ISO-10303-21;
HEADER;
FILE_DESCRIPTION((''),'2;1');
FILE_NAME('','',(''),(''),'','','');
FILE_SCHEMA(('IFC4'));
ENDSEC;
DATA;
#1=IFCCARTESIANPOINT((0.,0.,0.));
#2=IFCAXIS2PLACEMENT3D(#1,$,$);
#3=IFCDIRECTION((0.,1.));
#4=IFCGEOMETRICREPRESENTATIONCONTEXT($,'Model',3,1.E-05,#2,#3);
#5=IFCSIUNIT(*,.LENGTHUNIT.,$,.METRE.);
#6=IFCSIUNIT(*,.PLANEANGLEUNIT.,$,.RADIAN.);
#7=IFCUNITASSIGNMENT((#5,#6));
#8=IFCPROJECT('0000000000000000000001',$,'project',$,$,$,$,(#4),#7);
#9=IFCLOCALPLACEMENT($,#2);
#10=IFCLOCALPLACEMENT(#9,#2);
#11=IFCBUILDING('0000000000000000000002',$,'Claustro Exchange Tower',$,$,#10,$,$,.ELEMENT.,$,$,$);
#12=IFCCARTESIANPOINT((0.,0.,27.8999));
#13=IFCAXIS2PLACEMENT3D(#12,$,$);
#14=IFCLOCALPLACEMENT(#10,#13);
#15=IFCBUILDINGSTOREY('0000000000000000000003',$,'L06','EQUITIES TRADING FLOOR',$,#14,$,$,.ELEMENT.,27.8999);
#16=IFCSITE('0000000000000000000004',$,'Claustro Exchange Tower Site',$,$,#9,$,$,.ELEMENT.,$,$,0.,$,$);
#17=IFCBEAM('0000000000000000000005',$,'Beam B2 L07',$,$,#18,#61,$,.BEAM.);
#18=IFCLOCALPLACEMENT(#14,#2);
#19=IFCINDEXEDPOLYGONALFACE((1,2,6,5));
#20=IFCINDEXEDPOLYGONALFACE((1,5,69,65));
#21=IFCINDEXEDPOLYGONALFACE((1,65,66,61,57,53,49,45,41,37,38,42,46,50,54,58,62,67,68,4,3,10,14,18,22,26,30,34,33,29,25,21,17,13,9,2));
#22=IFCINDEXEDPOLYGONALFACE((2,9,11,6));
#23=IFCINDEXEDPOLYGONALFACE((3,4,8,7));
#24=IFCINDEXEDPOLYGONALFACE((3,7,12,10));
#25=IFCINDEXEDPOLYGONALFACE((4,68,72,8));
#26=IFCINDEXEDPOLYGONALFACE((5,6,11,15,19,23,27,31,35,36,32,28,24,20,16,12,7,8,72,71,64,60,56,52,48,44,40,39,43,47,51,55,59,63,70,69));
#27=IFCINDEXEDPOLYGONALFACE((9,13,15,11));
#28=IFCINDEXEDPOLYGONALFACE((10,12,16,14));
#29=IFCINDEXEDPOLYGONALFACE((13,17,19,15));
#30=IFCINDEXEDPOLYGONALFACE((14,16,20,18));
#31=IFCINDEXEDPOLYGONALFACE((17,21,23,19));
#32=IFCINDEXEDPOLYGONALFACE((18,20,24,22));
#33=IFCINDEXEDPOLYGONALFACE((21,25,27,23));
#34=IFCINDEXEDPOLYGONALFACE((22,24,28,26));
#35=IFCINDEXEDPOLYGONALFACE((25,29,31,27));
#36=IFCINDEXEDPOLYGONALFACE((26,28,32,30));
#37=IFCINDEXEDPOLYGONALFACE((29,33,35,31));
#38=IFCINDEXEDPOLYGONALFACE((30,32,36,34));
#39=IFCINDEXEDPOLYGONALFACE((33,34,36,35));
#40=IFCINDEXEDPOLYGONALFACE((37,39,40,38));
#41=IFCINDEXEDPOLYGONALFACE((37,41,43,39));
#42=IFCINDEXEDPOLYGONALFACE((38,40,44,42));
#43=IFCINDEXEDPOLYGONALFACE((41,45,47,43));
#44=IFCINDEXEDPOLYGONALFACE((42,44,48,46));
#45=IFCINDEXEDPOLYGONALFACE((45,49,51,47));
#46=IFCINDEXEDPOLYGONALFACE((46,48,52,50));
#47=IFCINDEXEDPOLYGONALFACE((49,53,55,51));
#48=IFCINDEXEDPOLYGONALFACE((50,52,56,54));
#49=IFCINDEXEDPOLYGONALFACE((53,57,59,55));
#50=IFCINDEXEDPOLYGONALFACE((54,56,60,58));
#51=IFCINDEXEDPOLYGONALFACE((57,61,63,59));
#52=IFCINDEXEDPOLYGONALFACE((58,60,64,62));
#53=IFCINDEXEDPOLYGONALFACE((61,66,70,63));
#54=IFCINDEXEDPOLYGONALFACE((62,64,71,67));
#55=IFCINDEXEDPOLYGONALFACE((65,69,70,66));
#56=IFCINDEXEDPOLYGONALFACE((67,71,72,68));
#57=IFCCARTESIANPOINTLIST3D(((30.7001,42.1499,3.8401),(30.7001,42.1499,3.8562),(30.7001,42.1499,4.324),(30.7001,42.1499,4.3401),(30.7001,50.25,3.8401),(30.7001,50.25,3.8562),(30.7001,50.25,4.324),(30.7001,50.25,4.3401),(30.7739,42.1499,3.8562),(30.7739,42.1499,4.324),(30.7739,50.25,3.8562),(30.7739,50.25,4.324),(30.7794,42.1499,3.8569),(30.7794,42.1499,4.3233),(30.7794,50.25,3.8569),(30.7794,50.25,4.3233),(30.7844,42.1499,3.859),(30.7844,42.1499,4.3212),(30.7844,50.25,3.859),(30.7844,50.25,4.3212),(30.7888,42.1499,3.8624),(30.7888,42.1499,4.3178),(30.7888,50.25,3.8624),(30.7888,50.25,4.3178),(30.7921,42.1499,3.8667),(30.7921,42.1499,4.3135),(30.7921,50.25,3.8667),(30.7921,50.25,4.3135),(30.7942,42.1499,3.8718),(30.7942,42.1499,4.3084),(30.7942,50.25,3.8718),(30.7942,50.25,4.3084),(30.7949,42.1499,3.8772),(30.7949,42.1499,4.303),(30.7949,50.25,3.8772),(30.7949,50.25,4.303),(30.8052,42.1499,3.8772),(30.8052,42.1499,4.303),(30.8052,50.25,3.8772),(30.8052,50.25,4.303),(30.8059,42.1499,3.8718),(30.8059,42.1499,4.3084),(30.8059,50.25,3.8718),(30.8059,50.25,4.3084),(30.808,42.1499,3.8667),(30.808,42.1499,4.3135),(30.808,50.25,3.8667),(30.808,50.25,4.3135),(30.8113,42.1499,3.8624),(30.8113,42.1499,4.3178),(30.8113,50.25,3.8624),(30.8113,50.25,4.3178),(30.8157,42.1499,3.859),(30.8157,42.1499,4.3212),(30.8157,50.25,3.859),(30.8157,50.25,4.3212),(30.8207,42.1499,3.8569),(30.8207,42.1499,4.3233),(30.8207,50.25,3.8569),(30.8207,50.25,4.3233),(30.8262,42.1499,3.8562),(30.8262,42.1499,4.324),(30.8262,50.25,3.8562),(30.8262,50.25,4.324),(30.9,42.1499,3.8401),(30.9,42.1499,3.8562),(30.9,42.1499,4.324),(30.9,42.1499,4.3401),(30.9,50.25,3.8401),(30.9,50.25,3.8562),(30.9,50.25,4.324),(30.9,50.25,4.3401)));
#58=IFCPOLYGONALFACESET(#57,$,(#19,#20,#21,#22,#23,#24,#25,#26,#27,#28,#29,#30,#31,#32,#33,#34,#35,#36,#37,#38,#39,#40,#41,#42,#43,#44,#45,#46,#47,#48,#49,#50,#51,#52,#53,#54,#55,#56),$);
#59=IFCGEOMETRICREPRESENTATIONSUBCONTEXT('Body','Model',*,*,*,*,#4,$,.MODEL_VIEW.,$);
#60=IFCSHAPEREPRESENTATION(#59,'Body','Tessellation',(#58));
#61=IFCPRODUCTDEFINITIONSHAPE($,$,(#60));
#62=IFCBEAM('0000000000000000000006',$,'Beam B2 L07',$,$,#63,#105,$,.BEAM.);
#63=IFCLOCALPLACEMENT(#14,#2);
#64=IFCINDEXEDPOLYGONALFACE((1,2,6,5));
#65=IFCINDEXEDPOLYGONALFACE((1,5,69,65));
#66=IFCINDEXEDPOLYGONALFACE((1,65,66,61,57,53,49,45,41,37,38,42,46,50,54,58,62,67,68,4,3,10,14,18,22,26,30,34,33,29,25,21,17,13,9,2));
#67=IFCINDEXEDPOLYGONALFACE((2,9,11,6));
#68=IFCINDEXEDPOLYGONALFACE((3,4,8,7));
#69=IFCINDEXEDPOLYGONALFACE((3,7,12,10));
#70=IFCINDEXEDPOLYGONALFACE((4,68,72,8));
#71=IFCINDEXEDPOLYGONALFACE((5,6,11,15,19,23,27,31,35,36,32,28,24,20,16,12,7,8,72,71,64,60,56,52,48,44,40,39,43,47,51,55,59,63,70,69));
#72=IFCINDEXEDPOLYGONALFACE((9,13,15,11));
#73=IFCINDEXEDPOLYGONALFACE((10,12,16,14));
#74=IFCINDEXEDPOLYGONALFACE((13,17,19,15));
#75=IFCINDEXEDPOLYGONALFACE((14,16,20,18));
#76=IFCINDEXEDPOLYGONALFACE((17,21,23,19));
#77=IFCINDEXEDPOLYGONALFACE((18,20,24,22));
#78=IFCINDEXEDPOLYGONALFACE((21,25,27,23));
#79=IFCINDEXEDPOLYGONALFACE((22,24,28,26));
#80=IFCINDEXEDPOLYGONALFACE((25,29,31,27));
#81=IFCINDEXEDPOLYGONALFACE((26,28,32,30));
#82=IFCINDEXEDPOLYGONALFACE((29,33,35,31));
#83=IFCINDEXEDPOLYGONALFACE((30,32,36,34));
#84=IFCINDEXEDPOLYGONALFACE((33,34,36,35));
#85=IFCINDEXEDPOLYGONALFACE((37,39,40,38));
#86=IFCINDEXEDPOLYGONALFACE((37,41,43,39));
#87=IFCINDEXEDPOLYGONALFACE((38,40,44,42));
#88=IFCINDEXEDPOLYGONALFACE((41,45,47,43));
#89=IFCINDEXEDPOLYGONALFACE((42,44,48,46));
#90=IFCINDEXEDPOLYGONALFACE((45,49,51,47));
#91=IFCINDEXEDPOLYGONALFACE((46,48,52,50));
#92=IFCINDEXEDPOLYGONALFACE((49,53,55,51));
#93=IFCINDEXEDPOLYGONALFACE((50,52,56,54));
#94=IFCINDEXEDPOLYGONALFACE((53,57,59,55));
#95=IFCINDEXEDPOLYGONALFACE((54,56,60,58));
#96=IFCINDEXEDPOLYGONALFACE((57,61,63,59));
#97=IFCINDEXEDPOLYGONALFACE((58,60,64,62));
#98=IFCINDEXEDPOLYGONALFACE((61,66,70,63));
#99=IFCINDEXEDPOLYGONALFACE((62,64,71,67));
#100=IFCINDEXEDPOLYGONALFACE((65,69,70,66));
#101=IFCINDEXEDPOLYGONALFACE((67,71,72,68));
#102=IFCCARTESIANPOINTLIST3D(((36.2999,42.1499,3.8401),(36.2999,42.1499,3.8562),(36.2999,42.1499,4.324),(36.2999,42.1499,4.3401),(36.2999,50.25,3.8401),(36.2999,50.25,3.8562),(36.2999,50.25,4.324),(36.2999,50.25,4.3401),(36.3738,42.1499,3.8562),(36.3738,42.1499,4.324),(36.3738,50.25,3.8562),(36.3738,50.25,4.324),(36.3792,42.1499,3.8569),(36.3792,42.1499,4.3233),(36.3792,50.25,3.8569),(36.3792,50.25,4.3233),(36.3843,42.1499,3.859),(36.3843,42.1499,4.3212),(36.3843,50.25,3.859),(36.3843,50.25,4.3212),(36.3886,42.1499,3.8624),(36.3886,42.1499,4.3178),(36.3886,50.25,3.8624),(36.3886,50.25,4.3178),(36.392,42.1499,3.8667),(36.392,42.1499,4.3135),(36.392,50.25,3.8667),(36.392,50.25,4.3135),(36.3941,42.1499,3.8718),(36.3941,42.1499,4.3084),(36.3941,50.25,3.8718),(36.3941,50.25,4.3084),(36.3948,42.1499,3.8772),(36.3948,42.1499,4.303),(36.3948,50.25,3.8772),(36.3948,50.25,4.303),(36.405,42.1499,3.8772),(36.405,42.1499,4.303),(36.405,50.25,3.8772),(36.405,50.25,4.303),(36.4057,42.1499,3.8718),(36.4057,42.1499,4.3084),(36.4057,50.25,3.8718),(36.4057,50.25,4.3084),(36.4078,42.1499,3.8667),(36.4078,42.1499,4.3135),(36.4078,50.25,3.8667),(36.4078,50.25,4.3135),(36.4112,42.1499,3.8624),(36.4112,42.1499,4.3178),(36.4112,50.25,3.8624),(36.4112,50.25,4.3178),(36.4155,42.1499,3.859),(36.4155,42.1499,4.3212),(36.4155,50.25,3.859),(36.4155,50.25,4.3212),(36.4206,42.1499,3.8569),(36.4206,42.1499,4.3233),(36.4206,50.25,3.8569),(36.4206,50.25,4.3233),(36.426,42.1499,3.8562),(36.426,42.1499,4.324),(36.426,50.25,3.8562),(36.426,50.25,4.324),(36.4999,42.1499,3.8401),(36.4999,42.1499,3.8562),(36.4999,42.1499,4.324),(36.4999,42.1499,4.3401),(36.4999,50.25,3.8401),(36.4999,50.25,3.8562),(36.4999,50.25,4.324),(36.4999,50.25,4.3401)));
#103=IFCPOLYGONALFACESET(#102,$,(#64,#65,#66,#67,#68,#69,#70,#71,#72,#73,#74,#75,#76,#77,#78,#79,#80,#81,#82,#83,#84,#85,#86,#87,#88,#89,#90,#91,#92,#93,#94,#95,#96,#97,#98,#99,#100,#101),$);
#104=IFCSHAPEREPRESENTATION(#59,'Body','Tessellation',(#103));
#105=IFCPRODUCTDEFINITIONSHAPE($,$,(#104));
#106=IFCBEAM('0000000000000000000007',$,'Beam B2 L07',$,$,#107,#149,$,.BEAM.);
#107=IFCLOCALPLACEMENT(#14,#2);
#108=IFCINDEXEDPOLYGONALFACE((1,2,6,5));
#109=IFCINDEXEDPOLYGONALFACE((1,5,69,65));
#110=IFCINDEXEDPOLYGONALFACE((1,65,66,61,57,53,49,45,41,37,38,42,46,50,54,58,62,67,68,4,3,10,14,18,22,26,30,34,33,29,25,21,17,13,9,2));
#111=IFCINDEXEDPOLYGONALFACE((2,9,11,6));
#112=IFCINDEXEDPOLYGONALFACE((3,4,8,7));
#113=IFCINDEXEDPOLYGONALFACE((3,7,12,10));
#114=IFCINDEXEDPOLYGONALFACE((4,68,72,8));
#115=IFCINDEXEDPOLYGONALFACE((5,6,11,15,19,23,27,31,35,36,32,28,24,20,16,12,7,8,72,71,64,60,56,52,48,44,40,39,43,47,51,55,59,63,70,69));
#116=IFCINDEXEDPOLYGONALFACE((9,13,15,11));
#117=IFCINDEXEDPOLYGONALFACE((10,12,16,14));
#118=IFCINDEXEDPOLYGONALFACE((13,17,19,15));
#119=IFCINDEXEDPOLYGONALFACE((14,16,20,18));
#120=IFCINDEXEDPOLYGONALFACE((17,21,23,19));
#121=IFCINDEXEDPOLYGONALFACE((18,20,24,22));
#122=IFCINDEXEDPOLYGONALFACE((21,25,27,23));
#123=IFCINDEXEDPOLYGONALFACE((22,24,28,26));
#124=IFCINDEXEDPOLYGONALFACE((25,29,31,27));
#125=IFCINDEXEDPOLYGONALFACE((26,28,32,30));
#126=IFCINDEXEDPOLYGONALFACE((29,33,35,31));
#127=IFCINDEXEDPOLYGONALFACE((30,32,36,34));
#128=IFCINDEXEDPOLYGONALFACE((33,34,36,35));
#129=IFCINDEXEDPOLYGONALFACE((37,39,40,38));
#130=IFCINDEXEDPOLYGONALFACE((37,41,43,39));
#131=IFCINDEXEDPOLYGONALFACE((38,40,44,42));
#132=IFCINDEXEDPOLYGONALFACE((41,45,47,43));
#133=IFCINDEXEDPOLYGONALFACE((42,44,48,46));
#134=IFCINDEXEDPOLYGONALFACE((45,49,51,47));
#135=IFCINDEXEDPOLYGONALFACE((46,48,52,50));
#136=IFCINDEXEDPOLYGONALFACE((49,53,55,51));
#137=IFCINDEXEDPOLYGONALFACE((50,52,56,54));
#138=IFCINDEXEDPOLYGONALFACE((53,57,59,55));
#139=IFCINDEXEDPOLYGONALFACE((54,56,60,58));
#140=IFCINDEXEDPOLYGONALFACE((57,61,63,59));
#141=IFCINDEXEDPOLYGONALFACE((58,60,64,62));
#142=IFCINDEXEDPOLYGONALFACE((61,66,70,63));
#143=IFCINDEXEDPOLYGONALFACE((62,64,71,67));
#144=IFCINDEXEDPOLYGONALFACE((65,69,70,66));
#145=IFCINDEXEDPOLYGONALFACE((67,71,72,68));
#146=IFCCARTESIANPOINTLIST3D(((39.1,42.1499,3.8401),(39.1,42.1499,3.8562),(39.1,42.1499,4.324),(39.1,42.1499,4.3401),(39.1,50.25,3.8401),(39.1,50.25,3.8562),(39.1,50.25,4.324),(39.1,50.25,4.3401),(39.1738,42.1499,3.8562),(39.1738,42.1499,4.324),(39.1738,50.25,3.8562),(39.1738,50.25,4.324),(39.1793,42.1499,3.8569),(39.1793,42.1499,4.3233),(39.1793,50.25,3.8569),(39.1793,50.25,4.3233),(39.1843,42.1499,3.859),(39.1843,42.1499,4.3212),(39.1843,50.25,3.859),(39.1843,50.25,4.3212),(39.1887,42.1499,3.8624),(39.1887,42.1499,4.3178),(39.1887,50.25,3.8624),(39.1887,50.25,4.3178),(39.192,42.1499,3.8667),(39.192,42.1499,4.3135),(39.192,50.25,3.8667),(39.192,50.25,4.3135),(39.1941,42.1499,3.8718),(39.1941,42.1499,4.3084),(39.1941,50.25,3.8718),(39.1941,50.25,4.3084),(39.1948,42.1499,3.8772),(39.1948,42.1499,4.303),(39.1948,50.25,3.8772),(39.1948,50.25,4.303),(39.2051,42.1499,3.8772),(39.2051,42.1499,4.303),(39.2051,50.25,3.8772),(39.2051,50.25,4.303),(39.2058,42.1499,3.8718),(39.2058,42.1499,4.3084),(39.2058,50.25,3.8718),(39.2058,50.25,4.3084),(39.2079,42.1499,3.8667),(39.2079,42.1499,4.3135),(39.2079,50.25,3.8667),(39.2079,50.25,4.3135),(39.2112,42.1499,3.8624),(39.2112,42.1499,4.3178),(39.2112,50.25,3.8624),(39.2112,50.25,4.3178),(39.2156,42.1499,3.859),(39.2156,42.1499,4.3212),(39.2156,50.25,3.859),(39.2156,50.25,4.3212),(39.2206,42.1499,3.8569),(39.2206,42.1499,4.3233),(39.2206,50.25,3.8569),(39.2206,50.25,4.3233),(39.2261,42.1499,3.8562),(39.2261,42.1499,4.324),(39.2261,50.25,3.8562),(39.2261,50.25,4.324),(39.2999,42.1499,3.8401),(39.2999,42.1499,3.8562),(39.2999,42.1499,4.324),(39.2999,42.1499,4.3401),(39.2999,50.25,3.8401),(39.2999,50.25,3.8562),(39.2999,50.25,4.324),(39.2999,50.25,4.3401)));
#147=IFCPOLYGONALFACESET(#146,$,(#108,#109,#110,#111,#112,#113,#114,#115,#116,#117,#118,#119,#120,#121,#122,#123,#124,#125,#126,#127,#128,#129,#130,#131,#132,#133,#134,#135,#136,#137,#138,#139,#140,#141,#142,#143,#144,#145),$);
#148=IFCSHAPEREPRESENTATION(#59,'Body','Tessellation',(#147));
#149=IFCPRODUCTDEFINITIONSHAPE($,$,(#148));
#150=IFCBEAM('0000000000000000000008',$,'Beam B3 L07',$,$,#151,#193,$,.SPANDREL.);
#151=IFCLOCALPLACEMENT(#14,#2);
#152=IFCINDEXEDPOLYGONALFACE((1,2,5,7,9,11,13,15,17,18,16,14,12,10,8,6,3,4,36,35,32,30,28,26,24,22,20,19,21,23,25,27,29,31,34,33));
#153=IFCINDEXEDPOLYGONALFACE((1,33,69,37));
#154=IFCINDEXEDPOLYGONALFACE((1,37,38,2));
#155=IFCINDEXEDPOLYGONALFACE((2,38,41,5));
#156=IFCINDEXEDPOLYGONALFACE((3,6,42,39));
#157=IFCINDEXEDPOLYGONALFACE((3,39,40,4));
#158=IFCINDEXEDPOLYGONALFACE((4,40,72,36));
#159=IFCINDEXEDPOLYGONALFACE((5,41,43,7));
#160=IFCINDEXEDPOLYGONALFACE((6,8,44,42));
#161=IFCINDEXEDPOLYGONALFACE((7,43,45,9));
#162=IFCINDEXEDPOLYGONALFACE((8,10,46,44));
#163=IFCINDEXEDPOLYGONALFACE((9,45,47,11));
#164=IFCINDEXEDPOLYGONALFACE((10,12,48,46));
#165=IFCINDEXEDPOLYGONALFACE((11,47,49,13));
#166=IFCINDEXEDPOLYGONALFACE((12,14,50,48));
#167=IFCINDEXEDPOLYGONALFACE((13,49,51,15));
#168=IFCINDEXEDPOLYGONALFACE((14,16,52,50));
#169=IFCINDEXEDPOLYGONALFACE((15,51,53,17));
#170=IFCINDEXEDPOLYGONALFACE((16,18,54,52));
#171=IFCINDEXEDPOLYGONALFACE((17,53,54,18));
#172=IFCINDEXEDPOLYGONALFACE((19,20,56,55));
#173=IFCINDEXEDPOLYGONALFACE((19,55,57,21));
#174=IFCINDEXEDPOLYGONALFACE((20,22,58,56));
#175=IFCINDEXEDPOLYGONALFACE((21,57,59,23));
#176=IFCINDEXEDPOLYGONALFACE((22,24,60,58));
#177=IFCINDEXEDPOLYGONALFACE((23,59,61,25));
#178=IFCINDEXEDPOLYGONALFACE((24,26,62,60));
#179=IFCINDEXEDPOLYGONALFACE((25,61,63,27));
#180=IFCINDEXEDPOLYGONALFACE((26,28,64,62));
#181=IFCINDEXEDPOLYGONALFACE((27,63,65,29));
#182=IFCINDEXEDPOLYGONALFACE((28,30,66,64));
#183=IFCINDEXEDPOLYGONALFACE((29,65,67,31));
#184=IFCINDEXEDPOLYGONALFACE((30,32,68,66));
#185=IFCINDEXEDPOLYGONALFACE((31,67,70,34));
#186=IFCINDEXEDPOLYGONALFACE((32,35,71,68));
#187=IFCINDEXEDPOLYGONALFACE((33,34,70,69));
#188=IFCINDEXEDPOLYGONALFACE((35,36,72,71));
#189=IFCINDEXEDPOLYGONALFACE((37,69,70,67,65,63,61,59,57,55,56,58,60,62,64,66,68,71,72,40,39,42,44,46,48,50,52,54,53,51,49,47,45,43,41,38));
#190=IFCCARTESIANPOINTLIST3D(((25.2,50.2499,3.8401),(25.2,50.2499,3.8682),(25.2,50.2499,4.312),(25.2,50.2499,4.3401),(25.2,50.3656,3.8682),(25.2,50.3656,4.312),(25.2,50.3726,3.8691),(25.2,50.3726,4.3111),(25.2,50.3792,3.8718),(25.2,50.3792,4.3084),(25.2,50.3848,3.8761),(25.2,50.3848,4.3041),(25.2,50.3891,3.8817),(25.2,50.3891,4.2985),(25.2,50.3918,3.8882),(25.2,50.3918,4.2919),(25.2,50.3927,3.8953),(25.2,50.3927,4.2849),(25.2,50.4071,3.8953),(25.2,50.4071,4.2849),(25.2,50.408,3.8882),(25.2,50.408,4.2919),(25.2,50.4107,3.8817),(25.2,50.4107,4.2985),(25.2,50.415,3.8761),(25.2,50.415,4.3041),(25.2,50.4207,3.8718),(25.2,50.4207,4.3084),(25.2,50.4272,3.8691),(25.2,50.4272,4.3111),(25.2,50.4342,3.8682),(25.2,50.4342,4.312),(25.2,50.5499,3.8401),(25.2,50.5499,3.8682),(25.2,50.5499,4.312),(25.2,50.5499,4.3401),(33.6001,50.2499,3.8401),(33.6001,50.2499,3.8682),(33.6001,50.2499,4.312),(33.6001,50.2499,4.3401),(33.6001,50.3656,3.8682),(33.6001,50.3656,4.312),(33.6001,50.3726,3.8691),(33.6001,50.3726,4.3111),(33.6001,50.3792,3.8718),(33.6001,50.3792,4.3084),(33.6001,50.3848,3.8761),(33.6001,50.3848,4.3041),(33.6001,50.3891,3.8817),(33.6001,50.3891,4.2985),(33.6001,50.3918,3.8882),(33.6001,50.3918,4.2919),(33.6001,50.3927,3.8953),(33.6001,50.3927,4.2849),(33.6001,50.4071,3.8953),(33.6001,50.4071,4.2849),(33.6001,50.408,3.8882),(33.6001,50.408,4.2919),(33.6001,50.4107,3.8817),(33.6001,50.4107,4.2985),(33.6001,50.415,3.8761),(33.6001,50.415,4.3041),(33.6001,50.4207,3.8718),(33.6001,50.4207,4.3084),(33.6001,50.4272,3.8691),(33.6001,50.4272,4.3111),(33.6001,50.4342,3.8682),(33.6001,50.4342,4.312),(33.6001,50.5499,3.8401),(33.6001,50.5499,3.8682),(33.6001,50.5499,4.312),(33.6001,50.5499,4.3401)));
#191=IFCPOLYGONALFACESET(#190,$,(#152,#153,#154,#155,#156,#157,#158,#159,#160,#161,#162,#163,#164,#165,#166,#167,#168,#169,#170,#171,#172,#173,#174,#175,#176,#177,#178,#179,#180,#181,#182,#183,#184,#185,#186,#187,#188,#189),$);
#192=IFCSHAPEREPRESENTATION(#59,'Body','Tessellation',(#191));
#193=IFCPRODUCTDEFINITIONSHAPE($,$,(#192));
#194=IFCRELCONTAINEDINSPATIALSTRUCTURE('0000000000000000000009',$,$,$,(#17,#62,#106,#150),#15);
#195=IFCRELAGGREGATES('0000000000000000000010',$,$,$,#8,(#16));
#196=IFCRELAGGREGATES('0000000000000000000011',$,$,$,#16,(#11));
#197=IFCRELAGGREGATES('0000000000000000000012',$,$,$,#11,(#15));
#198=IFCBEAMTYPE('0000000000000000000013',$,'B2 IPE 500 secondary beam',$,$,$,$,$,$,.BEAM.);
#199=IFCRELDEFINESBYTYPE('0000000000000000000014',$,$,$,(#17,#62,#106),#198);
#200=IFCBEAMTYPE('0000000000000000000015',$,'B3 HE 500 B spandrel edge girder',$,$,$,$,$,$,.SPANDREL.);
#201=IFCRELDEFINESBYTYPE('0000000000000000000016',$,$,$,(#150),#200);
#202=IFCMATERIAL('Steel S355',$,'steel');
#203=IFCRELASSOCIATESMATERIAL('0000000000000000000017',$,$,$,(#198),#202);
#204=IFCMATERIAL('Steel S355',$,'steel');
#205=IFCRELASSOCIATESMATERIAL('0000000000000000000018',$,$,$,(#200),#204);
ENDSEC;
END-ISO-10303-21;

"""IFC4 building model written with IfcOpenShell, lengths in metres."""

from ifc_helpers import new_model, si_unit, direction, frame, origin, origin_2d, place, context, subcontext, project, spatial, i_section, extrude, material, material_profile, profile_set, type_object, element, save


model = new_model("IFC4")

# Units and contexts
model_context = context("Model", 3, precision=1e-05, world=origin(), true_north=direction((0.0, 1.0)))
body_context = subcontext(model_context, "Body", "Model", "MODEL_VIEW")
ifc_project = project(units=[si_unit("LENGTHUNIT", "METRE"), si_unit("PLANEANGLEUNIT", "RADIAN")], contexts=[model_context])

# Site, building, storey
site_placement = place(None, origin())
site = spatial("IfcSite", under=ifc_project, at=site_placement, Name="Claustro Exchange Tower Site", CompositionType="ELEMENT", RefElevation=0.0)
building_placement = place(site_placement, origin())
building = spatial("IfcBuilding", under=site, at=building_placement, Name="Claustro Exchange Tower", CompositionType="ELEMENT")
storey_placement = place(building_placement, frame((0.0, 0.0, 27.8999)))
storey = spatial("IfcBuildingStorey", under=building, at=storey_placement, Name="L06", Description="EQUITIES TRADING FLOOR", CompositionType="ELEMENT", Elevation=27.8999)

# Beams
ifc_material_1 = material(Name="Steel S355", Category="steel")
ifc_material_profile_1 = material_profile(ifc_material_1, i_section(OverallWidth=0.2, OverallDepth=0.5, WebThickness=0.0103, FlangeThickness=0.0161, FilletRadius=0.021, at=origin_2d()), Name="IPE 500")
ifc_profile_set_1 = profile_set([ifc_material_profile_1], Name="Steel S355")
beam_type_1 = type_object("IfcBeamType", Name="B2 IPE 500 secondary beam", PredefinedType="BEAM", material=ifc_profile_set_1)
for number, where, z_axis, x_axis, name in (
    (1, (30.8, 42.1499, 4.0901), (0.0, 1.0, 0.0), (-1.0, 0.0, 0.0), "Beam B2 L07"),
    (2, (36.3999, 42.1499, 4.0901), (0.0, 1.0, 0.0), (-1.0, 0.0, 0.0), "Beam B2 L07"),
    (3, (39.2, 42.1499, 4.0901), (0.0, 1.0, 0.0), (-1.0, 0.0, 0.0), "Beam B2 L07"),
):
    element("IfcBeam", number, at=place(storey_placement, frame(where, z_axis=z_axis, x_axis=x_axis)), inside=storey, type_object=beam_type_1, Name=name, PredefinedType="BEAM", context=body_context, shape_type="SweptSolid", body=[
        extrude(i_section(OverallWidth=0.2, OverallDepth=0.5, WebThickness=0.0103, FlangeThickness=0.0161, FilletRadius=0.021, at=origin_2d()), origin(), (0.0, 0.0, 1.0), 8.1001),
    ])
ifc_material_2 = material(Name="Steel S355", Category="steel")
ifc_material_profile_2 = material_profile(ifc_material_2, i_section(OverallWidth=0.3, OverallDepth=0.5, WebThickness=0.0144, FlangeThickness=0.0281, FilletRadius=0.0271, at=origin_2d()), Name="HE 500 B")
ifc_profile_set_2 = profile_set([ifc_material_profile_2], Name="Steel S355")
beam_type_2 = type_object("IfcBeamType", Name="B3 HE 500 B spandrel edge girder", PredefinedType="SPANDREL", material=ifc_profile_set_2)
beam_1_placement = place(storey_placement, frame((25.2, 50.3999, 4.0901), z_axis=(1.0, 0.0, 0.0), x_axis=(0.0, 1.0, 0.0)))
element("IfcBeam", 4, at=beam_1_placement, inside=storey, type_object=beam_type_2, Name="Beam B3 L07", PredefinedType="SPANDREL", context=body_context, shape_type="SweptSolid", body=[
    extrude(i_section(OverallWidth=0.3, OverallDepth=0.5, WebThickness=0.0144, FlangeThickness=0.0281, FilletRadius=0.0271, at=origin_2d()), origin(), (0.0, 0.0, 1.0), 8.4001),
])

save(model, "model.ifc")
